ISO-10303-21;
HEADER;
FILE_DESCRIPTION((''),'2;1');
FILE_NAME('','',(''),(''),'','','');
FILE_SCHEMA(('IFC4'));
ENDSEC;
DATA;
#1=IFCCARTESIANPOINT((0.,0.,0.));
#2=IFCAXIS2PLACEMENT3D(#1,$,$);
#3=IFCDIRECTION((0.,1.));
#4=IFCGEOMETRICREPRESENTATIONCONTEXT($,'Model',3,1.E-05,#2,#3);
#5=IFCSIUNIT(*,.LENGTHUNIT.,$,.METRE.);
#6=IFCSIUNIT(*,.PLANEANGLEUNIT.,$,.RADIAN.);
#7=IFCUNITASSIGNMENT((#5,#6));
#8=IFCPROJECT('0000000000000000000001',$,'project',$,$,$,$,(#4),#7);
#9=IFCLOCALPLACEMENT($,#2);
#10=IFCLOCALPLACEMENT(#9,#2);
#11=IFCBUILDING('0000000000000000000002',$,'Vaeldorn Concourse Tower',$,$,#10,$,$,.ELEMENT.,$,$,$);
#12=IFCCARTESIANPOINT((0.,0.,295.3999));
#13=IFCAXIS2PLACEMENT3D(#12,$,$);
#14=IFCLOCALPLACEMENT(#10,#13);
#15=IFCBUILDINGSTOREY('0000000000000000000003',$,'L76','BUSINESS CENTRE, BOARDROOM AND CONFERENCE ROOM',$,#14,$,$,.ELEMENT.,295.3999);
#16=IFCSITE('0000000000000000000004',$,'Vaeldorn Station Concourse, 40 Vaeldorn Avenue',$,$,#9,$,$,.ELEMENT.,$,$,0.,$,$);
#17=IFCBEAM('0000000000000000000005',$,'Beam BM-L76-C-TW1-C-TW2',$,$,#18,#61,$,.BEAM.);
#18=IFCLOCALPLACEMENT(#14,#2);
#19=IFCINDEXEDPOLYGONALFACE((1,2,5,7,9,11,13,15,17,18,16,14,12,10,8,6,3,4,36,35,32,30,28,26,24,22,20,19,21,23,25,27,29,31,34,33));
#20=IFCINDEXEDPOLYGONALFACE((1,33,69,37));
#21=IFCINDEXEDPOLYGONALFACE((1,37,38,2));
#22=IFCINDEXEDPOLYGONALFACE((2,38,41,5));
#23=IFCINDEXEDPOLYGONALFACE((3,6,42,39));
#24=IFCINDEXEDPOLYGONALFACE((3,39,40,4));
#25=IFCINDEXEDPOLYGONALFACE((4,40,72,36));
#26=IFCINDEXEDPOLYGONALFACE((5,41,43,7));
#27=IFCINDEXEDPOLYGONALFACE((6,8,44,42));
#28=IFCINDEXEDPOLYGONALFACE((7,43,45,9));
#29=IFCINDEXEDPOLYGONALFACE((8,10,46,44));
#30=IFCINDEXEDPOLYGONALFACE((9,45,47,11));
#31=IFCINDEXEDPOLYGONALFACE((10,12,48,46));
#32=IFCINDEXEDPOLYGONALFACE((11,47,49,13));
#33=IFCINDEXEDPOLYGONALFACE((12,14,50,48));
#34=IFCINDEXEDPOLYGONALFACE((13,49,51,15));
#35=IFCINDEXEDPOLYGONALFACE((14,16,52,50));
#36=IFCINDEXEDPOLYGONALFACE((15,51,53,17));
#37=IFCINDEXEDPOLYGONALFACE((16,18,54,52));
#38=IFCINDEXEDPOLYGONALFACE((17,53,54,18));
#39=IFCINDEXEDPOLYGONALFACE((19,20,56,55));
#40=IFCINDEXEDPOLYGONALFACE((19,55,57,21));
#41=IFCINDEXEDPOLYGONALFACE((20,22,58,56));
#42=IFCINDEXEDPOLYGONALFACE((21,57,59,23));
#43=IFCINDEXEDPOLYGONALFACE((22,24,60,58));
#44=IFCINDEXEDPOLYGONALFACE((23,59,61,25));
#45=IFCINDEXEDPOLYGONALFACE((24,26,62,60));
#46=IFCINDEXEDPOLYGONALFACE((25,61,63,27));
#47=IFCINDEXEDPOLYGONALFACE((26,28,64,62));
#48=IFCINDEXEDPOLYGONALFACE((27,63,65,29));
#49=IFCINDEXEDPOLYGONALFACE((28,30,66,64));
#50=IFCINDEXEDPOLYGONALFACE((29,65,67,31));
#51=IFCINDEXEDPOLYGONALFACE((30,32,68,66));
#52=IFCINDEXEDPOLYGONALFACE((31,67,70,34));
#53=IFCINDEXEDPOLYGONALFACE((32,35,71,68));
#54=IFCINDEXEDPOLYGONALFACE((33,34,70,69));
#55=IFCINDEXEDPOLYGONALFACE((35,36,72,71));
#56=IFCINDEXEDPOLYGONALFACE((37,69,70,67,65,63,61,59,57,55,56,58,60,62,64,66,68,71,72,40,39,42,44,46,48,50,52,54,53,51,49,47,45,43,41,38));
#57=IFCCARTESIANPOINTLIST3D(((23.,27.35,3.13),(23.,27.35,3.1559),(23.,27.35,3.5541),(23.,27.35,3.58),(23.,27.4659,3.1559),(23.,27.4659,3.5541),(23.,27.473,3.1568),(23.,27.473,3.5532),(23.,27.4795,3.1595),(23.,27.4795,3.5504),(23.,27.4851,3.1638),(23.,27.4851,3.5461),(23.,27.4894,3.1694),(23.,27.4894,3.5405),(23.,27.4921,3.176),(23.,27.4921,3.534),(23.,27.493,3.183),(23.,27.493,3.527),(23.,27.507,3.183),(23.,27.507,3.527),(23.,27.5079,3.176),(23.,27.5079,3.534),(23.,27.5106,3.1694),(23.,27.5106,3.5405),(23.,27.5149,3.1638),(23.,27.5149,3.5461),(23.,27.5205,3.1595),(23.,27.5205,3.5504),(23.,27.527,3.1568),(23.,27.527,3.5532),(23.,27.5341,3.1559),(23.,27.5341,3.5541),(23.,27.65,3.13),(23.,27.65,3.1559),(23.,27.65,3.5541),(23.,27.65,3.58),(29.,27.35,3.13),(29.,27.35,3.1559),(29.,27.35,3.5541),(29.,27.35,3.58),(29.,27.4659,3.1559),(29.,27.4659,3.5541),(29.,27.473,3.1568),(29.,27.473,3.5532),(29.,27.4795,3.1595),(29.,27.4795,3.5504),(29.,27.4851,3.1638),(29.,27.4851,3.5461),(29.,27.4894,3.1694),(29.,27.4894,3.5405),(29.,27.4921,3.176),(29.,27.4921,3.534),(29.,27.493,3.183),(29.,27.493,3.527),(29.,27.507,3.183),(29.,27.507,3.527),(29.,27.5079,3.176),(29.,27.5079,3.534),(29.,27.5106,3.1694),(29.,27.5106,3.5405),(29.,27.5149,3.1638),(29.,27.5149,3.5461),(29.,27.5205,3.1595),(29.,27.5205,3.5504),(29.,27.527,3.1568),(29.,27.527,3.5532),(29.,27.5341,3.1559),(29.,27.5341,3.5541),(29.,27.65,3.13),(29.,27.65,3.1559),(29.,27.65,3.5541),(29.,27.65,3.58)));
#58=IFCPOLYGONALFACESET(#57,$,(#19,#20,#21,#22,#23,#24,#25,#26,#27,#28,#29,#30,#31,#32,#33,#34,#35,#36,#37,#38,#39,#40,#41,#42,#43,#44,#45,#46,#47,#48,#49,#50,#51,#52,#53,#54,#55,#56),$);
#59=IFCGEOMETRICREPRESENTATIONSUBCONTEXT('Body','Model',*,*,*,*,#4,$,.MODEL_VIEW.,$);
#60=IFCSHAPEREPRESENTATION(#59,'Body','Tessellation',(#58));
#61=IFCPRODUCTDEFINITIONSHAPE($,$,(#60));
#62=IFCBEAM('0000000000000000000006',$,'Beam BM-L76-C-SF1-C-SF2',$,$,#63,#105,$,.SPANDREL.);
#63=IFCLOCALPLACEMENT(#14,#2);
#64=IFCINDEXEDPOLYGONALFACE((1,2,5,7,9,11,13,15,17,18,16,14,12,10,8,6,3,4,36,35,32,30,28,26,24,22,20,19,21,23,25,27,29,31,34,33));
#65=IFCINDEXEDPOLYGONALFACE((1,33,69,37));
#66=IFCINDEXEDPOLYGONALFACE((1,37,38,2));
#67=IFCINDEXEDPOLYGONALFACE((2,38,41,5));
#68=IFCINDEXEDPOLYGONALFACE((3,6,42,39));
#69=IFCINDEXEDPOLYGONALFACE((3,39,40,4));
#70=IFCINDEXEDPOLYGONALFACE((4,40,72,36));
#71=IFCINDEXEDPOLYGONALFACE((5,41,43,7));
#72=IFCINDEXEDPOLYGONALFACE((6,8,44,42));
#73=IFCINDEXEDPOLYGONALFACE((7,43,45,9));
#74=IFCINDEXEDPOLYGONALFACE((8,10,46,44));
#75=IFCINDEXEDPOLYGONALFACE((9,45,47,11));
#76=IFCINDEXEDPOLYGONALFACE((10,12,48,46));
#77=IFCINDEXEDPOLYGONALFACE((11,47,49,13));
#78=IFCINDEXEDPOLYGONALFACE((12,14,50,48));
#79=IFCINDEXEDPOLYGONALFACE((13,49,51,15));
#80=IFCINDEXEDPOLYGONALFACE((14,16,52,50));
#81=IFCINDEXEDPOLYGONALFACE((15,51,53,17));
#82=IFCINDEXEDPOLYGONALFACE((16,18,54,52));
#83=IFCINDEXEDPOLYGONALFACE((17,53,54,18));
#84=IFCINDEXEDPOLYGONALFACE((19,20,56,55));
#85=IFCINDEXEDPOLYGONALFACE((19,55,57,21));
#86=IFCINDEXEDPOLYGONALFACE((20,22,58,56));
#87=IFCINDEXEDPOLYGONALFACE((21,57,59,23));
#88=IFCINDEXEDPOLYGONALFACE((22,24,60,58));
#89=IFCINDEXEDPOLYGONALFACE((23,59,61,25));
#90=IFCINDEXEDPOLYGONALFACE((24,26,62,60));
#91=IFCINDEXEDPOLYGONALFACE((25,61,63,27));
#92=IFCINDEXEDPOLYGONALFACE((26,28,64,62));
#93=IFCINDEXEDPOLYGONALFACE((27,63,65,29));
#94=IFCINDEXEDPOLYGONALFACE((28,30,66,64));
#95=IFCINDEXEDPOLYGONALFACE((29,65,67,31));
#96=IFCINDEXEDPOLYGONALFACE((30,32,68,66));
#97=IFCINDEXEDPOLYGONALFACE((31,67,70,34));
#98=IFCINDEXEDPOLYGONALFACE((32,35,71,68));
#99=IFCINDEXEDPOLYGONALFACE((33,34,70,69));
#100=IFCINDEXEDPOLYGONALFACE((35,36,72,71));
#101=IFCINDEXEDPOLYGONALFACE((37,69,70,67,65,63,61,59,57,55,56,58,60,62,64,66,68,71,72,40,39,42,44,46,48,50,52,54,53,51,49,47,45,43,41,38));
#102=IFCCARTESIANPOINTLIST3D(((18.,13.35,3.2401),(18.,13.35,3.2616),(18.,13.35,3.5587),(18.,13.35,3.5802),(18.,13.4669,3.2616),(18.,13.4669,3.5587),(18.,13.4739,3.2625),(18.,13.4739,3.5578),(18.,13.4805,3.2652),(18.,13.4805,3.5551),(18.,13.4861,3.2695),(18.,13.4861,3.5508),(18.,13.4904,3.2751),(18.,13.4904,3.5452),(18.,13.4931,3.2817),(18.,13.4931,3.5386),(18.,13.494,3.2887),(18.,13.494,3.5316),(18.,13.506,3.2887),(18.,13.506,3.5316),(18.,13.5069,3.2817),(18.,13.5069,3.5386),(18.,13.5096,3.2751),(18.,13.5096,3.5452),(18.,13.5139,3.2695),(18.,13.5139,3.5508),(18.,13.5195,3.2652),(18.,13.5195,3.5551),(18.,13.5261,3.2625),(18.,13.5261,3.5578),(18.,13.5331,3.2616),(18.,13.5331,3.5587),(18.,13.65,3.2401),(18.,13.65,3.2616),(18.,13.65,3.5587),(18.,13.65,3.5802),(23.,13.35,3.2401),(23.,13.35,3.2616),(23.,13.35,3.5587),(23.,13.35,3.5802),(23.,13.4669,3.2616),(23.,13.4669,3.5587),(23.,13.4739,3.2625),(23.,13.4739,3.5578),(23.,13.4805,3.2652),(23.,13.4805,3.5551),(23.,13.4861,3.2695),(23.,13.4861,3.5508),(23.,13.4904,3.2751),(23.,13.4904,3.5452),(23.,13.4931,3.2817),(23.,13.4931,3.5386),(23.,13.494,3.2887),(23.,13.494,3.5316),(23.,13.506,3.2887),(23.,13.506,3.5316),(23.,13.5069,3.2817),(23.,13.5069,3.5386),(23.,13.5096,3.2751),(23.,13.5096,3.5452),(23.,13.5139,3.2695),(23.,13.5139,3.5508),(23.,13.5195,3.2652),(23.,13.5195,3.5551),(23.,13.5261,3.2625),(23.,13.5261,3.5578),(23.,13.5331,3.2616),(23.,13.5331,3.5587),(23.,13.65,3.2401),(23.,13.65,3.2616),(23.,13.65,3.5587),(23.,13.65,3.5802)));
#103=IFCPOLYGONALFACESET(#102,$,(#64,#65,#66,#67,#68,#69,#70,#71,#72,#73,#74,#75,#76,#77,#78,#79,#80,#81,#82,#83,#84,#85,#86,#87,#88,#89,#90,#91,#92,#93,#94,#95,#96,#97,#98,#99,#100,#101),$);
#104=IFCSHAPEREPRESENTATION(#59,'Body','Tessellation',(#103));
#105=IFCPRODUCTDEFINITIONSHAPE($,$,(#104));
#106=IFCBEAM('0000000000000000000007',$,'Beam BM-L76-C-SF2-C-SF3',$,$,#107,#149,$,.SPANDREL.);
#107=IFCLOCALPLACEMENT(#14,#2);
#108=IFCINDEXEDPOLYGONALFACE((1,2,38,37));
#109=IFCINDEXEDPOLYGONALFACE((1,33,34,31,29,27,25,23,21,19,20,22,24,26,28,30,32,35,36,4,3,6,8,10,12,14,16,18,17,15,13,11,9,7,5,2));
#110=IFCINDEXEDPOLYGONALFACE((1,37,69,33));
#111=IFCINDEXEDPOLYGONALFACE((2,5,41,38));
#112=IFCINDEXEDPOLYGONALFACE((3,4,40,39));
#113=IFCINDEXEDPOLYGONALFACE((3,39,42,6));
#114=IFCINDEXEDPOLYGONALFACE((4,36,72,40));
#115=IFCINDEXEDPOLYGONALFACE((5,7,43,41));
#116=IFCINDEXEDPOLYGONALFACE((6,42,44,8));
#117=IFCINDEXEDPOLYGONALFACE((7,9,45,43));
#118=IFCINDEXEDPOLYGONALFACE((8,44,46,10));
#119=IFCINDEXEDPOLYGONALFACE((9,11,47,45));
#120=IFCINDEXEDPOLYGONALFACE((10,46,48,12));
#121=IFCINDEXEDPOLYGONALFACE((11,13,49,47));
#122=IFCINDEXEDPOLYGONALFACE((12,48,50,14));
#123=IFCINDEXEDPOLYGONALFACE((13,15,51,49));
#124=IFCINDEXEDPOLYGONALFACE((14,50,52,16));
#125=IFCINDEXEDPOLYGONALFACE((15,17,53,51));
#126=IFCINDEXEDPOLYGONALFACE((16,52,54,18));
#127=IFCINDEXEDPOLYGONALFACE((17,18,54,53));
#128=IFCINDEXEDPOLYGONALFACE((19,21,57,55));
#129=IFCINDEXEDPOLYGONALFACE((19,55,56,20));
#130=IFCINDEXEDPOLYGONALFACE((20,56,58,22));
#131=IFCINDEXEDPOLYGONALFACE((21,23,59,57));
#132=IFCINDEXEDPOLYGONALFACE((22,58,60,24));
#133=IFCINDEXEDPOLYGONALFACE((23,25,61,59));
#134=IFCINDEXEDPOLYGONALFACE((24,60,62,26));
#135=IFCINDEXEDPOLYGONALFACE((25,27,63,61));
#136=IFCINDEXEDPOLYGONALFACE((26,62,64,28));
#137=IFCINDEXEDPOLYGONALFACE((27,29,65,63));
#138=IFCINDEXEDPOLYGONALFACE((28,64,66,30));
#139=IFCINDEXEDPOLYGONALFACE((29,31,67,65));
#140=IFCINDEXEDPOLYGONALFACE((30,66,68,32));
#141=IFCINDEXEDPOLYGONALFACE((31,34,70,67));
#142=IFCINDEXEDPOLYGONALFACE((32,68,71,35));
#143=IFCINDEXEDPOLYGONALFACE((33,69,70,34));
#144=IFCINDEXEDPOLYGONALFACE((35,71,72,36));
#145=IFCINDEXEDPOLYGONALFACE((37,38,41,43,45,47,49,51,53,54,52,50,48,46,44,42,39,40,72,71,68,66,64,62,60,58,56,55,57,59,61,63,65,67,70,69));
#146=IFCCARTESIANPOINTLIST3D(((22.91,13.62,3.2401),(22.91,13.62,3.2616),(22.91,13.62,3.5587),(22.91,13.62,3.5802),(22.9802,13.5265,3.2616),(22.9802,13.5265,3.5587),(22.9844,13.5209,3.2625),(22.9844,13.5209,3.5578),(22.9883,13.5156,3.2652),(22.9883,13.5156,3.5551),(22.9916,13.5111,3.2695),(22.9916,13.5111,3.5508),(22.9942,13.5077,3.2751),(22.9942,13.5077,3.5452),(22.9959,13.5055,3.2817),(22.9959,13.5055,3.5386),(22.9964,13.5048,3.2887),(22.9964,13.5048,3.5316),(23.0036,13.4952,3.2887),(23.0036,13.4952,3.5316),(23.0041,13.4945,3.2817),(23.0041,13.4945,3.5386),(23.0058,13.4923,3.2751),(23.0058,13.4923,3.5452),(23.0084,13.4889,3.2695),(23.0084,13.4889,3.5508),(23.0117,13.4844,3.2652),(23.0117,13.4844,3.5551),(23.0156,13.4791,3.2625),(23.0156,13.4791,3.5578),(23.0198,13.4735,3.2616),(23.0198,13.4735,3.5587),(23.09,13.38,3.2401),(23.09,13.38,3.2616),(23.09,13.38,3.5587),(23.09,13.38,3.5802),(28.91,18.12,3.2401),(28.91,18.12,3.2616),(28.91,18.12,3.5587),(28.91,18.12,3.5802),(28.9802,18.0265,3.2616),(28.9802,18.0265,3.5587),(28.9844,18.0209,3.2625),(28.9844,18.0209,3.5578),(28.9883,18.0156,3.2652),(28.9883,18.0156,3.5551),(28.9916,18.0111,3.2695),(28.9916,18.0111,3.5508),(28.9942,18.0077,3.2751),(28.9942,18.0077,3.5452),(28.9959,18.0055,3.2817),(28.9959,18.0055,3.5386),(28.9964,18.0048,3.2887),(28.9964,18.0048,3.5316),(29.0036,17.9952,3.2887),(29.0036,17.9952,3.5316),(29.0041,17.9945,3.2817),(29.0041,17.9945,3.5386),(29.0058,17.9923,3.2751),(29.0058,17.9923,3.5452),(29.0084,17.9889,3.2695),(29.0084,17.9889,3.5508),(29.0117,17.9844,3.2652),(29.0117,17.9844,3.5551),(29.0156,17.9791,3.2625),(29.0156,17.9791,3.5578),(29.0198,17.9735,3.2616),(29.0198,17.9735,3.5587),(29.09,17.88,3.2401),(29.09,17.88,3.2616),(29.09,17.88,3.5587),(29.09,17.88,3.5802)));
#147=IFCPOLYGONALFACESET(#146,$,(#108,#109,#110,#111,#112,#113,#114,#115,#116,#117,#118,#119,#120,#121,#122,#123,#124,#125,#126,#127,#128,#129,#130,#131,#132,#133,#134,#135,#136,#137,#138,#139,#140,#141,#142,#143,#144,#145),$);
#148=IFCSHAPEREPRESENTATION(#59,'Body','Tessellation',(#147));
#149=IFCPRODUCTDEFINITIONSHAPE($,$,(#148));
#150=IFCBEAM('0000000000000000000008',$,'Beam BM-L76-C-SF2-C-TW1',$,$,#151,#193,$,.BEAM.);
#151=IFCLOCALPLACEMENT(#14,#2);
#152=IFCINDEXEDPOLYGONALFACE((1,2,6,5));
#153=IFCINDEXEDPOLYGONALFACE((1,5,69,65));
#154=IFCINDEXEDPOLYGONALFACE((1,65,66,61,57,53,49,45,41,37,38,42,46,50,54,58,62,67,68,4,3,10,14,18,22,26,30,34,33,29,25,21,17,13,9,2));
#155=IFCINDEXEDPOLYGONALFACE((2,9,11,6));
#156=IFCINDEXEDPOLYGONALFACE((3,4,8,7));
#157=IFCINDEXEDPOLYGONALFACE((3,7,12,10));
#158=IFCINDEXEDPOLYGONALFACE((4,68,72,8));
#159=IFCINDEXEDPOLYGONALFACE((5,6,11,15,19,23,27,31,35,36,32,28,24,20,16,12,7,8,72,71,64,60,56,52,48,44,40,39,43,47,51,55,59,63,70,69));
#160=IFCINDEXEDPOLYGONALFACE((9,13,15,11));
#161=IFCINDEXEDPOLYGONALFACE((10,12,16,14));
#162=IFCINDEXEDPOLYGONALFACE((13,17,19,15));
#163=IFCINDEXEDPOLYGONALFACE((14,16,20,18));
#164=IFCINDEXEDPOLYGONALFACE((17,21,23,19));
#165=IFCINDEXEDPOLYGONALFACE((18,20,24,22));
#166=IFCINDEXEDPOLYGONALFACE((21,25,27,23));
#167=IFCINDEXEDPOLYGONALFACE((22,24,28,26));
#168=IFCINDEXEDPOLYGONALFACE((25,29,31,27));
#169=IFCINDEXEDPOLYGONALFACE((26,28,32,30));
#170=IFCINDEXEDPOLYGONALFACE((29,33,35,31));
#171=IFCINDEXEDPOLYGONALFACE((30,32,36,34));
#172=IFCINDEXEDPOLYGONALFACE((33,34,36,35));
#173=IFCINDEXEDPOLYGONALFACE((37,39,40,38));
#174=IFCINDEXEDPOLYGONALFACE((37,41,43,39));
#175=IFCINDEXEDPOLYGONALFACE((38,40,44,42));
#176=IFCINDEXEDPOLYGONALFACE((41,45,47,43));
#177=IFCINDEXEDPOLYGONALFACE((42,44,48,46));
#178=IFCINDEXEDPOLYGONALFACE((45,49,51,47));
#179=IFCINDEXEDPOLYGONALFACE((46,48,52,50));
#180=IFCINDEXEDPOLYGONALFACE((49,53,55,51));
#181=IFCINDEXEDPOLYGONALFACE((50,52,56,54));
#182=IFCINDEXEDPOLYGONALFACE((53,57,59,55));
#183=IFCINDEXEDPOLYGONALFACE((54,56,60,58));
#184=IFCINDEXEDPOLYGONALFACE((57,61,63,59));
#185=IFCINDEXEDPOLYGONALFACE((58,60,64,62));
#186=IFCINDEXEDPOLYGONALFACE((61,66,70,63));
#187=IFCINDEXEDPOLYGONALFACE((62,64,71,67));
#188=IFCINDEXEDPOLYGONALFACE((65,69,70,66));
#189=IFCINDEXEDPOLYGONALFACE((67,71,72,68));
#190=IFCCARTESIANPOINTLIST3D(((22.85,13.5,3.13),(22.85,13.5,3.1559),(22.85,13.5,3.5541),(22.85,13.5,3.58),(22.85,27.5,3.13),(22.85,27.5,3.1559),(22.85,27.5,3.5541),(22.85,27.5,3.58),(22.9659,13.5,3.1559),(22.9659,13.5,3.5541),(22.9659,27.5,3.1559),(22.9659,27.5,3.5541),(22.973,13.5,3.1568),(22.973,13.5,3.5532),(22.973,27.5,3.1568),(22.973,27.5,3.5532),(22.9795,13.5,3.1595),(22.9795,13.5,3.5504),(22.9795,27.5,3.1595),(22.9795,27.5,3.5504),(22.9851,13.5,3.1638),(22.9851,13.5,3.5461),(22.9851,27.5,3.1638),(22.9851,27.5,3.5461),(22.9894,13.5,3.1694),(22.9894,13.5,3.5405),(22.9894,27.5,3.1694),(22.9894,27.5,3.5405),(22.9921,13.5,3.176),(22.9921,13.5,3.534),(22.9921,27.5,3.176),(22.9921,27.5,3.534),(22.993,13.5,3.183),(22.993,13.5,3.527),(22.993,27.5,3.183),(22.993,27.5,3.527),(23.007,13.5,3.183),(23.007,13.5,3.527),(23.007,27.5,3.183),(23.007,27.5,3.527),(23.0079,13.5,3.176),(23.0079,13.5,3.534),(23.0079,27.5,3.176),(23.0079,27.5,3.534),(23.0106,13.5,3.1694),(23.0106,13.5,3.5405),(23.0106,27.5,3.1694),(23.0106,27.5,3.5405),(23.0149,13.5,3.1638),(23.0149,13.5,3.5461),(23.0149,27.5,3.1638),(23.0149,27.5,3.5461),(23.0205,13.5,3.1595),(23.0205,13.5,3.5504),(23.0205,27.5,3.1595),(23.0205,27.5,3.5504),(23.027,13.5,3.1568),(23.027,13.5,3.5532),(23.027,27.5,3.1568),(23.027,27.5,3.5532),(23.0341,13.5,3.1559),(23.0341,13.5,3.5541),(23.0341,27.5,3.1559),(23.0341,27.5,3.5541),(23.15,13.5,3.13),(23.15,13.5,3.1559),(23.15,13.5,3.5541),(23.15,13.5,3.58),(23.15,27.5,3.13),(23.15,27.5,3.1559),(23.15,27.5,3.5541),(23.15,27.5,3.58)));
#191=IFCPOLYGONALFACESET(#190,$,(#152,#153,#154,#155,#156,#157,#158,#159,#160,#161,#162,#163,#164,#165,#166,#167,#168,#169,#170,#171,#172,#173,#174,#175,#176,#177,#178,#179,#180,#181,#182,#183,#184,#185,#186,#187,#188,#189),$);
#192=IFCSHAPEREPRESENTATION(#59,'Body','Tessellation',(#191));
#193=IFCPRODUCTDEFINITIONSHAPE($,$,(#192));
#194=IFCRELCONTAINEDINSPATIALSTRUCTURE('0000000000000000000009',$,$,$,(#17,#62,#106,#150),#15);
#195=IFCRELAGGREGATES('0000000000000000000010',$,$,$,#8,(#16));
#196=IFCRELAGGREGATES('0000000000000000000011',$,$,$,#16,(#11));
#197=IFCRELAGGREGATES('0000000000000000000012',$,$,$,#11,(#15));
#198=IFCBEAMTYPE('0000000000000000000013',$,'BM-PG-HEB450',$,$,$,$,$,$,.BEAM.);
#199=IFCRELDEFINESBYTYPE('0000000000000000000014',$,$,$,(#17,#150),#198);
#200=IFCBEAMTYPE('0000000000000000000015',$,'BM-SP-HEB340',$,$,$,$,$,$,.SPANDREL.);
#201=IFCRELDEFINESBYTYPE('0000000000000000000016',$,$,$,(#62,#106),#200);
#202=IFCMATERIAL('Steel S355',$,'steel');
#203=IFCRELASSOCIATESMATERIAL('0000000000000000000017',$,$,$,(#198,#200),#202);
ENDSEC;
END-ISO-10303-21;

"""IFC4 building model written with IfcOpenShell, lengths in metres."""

from ifc_helpers import new_model, si_unit, direction, frame, origin, origin_2d, place, context, subcontext, project, spatial, i_section, extrude, source, transform, mapped, material, material_profile, profile_set, type_object, element, save


model = new_model("IFC4")

# Units and contexts
model_context = context("Model", 3, precision=1e-05, world=origin(), true_north=direction((0.0, 1.0)))
body_context = subcontext(model_context, "Body", "Model", "MODEL_VIEW")
ifc_project = project(units=[si_unit("LENGTHUNIT", "METRE"), si_unit("PLANEANGLEUNIT", "RADIAN")], contexts=[model_context])

# Site, building, storey
site_placement = place(None, origin())
site = spatial("IfcSite", under=ifc_project, at=site_placement, Name="Vaeldorn Station Concourse, 40 Vaeldorn Avenue", CompositionType="ELEMENT", RefElevation=0.0)
building_placement = place(site_placement, origin())
building = spatial("IfcBuilding", under=site, at=building_placement, Name="Vaeldorn Concourse Tower", CompositionType="ELEMENT")
storey_placement = place(building_placement, frame((0.0, 0.0, 295.3999)))
storey = spatial("IfcBuildingStorey", under=building, at=storey_placement, Name="L76", Description="BUSINESS CENTRE, BOARDROOM AND CONFERENCE ROOM", CompositionType="ELEMENT", Elevation=295.3999)

# Shared definitions
ifc_material_1 = material(Name="Steel S355", Category="steel")

# Beams
ifc_material_profile_1 = material_profile(ifc_material_1, i_section(OverallWidth=0.3, OverallDepth=0.45, WebThickness=0.0139, FlangeThickness=0.0259, FilletRadius=0.0271, at=origin_2d()), Name="HEB 450")
ifc_profile_set_1 = profile_set([ifc_material_profile_1], Name="Steel S355")
beam_type_1 = type_object("IfcBeamType", Name="BM-PG-HEB450", PredefinedType="BEAM", material=ifc_profile_set_1)
shared_shape_1 = source(origin(), body_context, "Body", "SweptSolid", [
    extrude(i_section(OverallWidth=0.3, OverallDepth=0.45, WebThickness=0.0139, FlangeThickness=0.0259, FilletRadius=0.0271, at=origin_2d()), origin(), (0.0, 0.0, 1.0), 6.0),
])
beam_1_placement = place(storey_placement, frame((23.0, 27.5, 3.355), z_axis=(1.0, 0.0, 0.0), x_axis=(0.0, 1.0, 0.0)))
element("IfcBeam", 1, at=beam_1_placement, inside=storey, type_object=beam_type_1, Name="Beam BM-L76-C-TW1-C-TW2", PredefinedType="BEAM", context=body_context, shape_type="MappedRepresentation", body=[
    mapped(shared_shape_1, transform((0.0, 0.0, 0.0), scale=1.0)),
])
ifc_material_profile_2 = material_profile(ifc_material_1, i_section(OverallWidth=0.3, OverallDepth=0.3401, WebThickness=0.012, FlangeThickness=0.0215, FilletRadius=0.0271, at=origin_2d()), Name="HEB 340")
ifc_profile_set_2 = profile_set([ifc_material_profile_2], Name="Steel S355")
beam_type_2 = type_object("IfcBeamType", Name="BM-SP-HEB340", PredefinedType="SPANDREL", material=ifc_profile_set_2)
shared_shape_2 = source(origin(), body_context, "Body", "SweptSolid", [
    extrude(i_section(OverallWidth=0.3, OverallDepth=0.3401, WebThickness=0.012, FlangeThickness=0.0215, FilletRadius=0.0271, at=origin_2d()), origin(), (0.0, 0.0, 1.0), 5.0),
])
beam_2_placement = place(storey_placement, frame((18.0, 13.5, 3.4102), z_axis=(1.0, 0.0, 0.0), x_axis=(0.0, 1.0, 0.0)))
element("IfcBeam", 2, at=beam_2_placement, inside=storey, type_object=beam_type_2, Name="Beam BM-L76-C-SF1-C-SF2", PredefinedType="SPANDREL", context=body_context, shape_type="MappedRepresentation", body=[
    mapped(shared_shape_2, transform((0.0, 0.0, 0.0), scale=1.0)),
])
shared_shape_3 = source(origin(), body_context, "Body", "SweptSolid", [
    extrude(i_section(OverallWidth=0.3, OverallDepth=0.3401, WebThickness=0.012, FlangeThickness=0.0215, FilletRadius=0.0271, at=origin_2d()), origin(), (0.0, 0.0, 1.0), 7.5),
])
beam_3_placement = place(storey_placement, frame((23.0, 13.5, 3.4102), z_axis=(0.8, 0.6, 0.0), x_axis=(-0.6, 0.8, 0.0)))
element("IfcBeam", 3, at=beam_3_placement, inside=storey, type_object=beam_type_2, Name="Beam BM-L76-C-SF2-C-SF3", PredefinedType="SPANDREL", context=body_context, shape_type="MappedRepresentation", body=[
    mapped(shared_shape_3, transform((0.0, 0.0, 0.0), scale=1.0)),
])
shared_shape_4 = source(origin(), body_context, "Body", "SweptSolid", [
    extrude(i_section(OverallWidth=0.3, OverallDepth=0.45, WebThickness=0.0139, FlangeThickness=0.0259, FilletRadius=0.0271, at=origin_2d()), origin(), (0.0, 0.0, 1.0), 14.0),
])
beam_4_placement = place(storey_placement, frame((23.0, 13.5, 3.355), z_axis=(0.0, 1.0, 0.0), x_axis=(-1.0, 0.0, 0.0)))
element("IfcBeam", 4, at=beam_4_placement, inside=storey, type_object=beam_type_1, Name="Beam BM-L76-C-SF2-C-TW1", PredefinedType="BEAM", context=body_context, shape_type="MappedRepresentation", body=[
    mapped(shared_shape_4, transform((0.0, 0.0, 0.0), scale=1.0)),
])

save(model, "model.ifc")
